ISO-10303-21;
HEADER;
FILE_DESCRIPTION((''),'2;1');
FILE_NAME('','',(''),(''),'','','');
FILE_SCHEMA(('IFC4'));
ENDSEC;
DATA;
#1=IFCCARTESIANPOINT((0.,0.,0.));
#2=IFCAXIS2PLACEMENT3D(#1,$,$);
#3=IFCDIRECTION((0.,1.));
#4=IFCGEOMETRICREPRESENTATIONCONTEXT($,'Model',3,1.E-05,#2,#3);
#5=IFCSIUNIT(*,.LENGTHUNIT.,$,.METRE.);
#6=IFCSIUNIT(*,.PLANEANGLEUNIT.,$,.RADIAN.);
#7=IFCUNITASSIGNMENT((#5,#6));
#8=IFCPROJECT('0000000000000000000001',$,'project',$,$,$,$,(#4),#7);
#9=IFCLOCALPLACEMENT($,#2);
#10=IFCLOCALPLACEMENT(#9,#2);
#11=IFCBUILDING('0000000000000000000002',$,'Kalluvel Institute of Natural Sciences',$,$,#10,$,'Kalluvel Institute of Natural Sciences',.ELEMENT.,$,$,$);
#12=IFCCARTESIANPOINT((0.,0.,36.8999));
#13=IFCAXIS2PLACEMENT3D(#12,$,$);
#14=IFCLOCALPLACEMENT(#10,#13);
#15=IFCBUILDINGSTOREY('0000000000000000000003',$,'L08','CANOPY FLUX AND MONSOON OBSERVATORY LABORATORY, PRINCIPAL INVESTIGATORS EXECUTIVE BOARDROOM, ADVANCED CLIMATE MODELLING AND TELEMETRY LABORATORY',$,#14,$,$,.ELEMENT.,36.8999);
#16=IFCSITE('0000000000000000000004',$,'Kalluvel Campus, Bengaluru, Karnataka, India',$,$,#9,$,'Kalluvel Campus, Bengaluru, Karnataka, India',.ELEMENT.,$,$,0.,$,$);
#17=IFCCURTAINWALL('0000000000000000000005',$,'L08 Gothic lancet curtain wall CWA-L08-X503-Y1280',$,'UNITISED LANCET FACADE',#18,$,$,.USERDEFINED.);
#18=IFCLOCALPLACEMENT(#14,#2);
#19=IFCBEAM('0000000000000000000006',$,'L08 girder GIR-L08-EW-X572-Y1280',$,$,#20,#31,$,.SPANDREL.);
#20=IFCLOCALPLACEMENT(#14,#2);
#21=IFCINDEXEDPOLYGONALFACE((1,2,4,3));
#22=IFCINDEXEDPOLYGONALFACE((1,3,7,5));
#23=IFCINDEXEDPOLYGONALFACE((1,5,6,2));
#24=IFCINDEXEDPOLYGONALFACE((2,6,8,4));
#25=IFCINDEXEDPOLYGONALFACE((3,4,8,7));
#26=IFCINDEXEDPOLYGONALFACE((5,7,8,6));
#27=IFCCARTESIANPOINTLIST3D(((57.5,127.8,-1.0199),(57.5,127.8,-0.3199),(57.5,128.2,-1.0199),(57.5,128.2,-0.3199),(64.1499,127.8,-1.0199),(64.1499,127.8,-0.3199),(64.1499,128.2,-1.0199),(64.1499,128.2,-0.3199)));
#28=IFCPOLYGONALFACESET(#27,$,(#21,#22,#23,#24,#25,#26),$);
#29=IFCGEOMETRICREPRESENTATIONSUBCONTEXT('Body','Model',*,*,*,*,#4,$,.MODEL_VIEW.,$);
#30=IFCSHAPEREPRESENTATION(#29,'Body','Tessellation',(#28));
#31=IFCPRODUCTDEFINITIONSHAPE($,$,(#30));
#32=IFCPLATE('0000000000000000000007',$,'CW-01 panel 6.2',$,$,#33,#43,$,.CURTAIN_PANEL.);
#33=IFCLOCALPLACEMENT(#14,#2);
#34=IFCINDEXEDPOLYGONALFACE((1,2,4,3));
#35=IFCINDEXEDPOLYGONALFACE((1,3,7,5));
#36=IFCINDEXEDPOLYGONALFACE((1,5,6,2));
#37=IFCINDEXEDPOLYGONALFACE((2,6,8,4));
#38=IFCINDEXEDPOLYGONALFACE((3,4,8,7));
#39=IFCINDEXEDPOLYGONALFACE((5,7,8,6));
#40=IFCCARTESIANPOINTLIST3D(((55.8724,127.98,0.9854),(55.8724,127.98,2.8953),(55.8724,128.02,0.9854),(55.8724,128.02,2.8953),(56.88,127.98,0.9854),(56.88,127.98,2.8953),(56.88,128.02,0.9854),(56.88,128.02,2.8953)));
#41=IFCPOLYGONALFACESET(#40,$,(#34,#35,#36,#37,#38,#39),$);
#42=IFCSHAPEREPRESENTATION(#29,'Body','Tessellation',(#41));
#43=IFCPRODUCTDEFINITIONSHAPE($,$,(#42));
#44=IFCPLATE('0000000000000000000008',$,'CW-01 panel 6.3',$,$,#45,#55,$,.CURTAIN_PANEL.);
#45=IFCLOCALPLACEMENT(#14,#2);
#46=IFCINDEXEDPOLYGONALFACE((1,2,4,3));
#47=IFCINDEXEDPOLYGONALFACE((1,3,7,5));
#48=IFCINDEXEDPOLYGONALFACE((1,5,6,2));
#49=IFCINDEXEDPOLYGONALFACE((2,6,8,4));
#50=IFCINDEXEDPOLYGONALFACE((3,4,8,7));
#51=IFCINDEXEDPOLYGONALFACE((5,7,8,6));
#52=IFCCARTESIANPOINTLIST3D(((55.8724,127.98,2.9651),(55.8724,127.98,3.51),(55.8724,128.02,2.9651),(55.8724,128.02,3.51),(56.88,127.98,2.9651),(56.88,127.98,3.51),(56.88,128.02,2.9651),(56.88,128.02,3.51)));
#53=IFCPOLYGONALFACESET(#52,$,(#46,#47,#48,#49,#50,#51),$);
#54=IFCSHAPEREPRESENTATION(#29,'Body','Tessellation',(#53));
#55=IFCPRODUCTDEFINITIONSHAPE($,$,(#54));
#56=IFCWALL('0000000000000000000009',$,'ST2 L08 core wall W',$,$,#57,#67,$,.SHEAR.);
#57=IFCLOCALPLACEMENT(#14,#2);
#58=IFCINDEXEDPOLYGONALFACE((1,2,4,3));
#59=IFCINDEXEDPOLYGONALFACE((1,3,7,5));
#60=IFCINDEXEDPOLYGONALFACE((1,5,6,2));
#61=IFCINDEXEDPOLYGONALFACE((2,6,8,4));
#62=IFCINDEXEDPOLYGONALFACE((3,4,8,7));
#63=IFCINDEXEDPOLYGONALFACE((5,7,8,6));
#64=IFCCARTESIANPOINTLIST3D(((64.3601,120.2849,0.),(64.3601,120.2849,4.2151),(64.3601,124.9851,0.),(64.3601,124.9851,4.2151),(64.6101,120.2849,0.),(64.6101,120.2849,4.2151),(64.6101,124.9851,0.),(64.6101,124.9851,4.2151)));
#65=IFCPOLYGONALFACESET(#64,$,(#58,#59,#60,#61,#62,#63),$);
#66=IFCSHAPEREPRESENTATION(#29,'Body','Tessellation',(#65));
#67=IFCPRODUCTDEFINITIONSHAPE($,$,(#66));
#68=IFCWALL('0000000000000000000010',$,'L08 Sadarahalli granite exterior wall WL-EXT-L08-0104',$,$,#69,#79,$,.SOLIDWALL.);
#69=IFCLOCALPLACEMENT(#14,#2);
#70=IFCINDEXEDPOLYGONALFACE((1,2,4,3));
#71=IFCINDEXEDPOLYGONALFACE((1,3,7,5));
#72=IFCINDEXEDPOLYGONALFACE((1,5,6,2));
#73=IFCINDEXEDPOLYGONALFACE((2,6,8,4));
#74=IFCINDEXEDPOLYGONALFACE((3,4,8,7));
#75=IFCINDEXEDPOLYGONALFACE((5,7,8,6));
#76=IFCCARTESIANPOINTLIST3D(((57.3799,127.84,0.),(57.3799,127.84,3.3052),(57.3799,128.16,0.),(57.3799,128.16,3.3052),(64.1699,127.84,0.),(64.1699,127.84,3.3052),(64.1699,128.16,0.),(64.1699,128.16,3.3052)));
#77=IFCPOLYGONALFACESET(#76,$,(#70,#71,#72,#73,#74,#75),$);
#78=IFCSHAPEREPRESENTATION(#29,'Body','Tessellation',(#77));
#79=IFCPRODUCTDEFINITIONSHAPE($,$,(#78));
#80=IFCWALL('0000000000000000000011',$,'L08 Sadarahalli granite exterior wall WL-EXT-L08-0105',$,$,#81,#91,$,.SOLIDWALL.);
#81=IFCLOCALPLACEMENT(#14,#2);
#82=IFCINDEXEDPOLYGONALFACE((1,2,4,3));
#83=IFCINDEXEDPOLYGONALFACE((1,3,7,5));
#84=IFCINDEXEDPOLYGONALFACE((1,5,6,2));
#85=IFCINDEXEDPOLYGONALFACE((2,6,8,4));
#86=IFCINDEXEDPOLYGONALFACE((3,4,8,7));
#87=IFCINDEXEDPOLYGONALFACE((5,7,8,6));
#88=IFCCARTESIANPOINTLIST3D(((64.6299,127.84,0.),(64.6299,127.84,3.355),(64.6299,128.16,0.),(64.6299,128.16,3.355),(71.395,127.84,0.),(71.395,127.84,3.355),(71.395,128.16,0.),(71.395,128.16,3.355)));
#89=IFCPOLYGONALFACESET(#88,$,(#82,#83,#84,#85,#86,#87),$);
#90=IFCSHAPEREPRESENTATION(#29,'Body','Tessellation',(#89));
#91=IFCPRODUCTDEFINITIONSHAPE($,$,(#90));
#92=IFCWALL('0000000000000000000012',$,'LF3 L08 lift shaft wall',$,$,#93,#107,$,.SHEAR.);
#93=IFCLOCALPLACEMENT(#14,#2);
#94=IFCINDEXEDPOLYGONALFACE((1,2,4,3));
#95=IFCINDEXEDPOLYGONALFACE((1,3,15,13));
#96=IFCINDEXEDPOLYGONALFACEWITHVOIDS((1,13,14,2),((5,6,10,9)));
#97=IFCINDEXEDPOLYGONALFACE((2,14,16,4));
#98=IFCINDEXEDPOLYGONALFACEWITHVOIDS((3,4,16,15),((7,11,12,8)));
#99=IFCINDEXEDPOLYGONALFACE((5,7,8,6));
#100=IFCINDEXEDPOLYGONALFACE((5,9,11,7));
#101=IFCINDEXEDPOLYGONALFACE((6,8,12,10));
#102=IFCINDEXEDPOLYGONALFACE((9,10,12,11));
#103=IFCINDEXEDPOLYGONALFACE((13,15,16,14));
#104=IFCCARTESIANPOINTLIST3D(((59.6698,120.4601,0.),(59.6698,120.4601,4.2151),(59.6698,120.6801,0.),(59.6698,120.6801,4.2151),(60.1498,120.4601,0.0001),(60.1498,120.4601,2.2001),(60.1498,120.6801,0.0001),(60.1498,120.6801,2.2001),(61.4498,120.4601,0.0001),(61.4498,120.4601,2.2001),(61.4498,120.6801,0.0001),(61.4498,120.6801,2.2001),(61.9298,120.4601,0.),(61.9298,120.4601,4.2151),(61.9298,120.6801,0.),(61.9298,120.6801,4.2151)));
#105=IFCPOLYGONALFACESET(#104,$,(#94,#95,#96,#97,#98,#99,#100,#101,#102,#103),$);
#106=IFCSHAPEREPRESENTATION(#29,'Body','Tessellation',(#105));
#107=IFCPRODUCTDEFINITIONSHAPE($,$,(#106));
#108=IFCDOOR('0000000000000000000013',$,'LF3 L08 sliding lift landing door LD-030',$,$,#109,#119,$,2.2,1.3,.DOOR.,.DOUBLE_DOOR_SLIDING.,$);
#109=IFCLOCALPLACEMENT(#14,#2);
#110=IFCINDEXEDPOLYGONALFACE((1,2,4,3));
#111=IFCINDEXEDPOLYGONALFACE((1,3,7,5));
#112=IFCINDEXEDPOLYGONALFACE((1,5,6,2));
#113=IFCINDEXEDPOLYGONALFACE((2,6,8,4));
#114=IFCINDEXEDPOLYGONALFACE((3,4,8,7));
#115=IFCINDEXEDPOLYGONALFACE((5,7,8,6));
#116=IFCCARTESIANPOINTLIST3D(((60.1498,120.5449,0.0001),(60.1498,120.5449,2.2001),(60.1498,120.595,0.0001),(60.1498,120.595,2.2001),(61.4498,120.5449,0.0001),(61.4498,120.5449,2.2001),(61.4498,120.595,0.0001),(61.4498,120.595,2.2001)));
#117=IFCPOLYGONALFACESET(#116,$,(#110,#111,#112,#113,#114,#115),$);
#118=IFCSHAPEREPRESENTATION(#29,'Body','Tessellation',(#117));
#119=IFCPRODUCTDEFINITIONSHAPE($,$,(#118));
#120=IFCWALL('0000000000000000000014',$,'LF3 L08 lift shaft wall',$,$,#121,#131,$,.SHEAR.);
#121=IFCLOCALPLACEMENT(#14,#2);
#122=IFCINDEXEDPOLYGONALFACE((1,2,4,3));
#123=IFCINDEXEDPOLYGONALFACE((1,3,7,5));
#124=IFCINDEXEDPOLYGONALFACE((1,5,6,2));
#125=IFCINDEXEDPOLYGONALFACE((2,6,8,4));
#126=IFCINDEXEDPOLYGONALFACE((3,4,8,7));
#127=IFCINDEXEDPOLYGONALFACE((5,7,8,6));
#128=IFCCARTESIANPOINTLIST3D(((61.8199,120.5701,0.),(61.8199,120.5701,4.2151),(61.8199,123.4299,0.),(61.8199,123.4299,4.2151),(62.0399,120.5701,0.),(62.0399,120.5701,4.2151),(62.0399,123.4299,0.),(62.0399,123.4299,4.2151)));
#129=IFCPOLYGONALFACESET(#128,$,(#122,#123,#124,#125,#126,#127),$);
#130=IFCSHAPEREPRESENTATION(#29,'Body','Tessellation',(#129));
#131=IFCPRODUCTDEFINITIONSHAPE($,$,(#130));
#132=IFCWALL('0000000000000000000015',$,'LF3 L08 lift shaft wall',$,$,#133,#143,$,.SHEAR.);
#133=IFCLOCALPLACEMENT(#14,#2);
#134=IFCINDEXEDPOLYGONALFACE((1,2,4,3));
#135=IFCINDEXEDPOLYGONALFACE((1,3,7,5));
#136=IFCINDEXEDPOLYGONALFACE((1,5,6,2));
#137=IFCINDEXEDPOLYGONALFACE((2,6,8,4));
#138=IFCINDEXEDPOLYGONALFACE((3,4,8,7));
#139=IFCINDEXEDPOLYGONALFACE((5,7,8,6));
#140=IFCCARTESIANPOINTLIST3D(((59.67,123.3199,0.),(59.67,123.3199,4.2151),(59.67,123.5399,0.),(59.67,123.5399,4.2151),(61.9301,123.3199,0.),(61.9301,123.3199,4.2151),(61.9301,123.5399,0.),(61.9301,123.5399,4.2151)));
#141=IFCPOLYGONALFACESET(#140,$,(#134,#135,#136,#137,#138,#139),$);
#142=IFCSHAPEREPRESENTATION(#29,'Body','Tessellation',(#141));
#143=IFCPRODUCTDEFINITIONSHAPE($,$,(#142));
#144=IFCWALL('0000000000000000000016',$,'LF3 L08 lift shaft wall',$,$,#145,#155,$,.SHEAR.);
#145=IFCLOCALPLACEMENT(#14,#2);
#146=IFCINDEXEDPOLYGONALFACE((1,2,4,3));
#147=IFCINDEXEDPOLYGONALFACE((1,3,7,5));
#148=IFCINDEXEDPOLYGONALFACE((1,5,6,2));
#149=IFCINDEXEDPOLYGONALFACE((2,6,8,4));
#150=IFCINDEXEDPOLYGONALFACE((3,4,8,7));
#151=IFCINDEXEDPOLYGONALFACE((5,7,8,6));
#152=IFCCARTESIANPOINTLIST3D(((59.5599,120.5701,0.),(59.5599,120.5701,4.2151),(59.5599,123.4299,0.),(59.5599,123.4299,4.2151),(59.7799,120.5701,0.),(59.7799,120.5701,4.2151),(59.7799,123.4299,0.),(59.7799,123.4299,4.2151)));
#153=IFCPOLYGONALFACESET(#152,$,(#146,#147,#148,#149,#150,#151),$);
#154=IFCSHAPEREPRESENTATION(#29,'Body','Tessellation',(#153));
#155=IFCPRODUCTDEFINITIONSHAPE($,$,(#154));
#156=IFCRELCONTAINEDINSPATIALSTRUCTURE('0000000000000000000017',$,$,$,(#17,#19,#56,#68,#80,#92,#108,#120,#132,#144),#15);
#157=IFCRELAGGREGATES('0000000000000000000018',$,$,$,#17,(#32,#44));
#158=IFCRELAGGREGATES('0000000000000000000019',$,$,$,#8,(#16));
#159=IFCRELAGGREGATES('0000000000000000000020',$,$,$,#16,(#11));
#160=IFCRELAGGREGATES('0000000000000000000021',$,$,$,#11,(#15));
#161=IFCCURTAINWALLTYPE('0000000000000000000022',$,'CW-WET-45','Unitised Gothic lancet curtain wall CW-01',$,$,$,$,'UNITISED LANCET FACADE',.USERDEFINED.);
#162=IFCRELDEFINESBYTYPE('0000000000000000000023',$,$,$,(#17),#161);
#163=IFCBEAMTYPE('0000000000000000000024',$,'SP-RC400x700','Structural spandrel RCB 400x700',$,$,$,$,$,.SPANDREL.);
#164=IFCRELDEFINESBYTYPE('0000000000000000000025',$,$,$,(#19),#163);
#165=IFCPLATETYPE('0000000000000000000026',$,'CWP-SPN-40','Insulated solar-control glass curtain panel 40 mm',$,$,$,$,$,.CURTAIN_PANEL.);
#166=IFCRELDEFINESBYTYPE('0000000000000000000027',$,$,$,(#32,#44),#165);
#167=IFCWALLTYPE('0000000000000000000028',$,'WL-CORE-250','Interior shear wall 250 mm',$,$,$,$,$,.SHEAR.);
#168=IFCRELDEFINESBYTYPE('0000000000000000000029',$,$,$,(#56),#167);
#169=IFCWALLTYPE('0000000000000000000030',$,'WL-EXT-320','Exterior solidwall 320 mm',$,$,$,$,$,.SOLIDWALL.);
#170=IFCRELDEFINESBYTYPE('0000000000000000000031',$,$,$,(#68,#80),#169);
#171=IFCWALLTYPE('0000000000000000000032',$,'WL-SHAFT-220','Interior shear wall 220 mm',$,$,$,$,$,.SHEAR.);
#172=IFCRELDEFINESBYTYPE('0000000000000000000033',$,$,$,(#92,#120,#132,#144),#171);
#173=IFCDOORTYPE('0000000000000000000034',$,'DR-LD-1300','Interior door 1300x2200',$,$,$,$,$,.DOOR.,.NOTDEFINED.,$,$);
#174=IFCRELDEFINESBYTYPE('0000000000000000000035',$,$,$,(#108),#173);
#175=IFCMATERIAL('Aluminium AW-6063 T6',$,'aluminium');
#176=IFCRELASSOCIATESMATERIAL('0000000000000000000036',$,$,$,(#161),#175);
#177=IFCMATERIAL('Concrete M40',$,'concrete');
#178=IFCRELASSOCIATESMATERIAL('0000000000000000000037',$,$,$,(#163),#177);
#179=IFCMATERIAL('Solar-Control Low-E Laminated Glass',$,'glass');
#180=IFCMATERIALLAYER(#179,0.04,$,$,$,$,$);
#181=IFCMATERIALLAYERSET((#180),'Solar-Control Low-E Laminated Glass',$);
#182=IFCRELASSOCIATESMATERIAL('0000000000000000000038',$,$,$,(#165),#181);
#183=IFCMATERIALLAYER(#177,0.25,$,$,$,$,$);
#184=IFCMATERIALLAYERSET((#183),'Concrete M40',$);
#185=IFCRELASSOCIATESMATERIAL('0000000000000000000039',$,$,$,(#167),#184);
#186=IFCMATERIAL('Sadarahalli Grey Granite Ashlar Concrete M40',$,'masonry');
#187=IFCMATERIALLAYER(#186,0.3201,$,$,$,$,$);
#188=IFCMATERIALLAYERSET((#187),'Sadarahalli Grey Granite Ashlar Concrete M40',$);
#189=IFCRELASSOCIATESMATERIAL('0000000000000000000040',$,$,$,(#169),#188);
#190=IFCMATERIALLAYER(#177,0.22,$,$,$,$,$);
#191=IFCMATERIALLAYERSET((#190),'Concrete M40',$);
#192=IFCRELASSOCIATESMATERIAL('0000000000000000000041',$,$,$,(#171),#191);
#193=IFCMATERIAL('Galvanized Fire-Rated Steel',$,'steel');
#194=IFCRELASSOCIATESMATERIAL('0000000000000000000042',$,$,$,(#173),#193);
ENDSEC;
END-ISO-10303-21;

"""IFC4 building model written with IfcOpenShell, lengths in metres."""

from ifc_helpers import new_model, si_unit, direction, frame, frame_2d, origin, origin_2d, place, context, subcontext, project, spatial, rectangle, extrude, material, layer, layer_set, material_profile, profile_set, type_object, element, fill, aggregate, save


model = new_model("IFC4")

# Units and contexts
model_context = context("Model", 3, precision=1e-05, world=origin(), true_north=direction((0.0, 1.0)))
body_context = subcontext(model_context, "Body", "Model", "MODEL_VIEW")
ifc_project = project(units=[si_unit("LENGTHUNIT", "METRE"), si_unit("PLANEANGLEUNIT", "RADIAN")], contexts=[model_context])

# Site, building, storey
site_placement = place(None, origin())
site = spatial("IfcSite", under=ifc_project, at=site_placement, Name="Kalluvel Campus, Bengaluru, Karnataka, India", LongName="Kalluvel Campus, Bengaluru, Karnataka, India", CompositionType="ELEMENT", RefElevation=0.0)
building_placement = place(site_placement, origin())
building = spatial("IfcBuilding", under=site, at=building_placement, Name="Kalluvel Institute of Natural Sciences", LongName="Kalluvel Institute of Natural Sciences", CompositionType="ELEMENT")
storey_placement = place(building_placement, frame((0.0, 0.0, 36.8999)))
storey = spatial("IfcBuildingStorey", under=building, at=storey_placement, Name="L08", Description="CANOPY FLUX AND MONSOON OBSERVATORY LABORATORY, PRINCIPAL INVESTIGATORS EXECUTIVE BOARDROOM, ADVANCED CLIMATE MODELLING AND TELEMETRY LABORATORY", CompositionType="ELEMENT", Elevation=36.8999)

# Shared definitions
ifc_material_1 = material(Name="Concrete M40", Category="concrete")

# Curtain wall
ifc_material_2 = material(Name="Aluminium AW-6063 T6", Category="aluminium")
curtain_wall_type = type_object("IfcCurtainWallType", Name="CW-WET-45", Description="Unitised Gothic lancet curtain wall CW-01", ElementType="UNITISED LANCET FACADE", PredefinedType="USERDEFINED", material=ifc_material_2)
curtain_wall_placement = place(storey_placement, origin())
curtain_wall = element("IfcCurtainWall", 1, at=curtain_wall_placement, inside=storey, type_object=curtain_wall_type, Name="L08 Gothic lancet curtain wall CWA-L08-X503-Y1280", ObjectType="UNITISED LANCET FACADE", PredefinedType="USERDEFINED")

# Beam
ifc_material_profile_1 = material_profile(ifc_material_1, rectangle(XDim=0.3999, YDim=0.7, at=origin_2d()), Name="RCB 400x700")
ifc_profile_set_1 = profile_set([ifc_material_profile_1], Name="Concrete M40")
beam_type_1 = type_object("IfcBeamType", Name="SP-RC400x700", Description="Structural spandrel RCB 400x700", PredefinedType="SPANDREL", material=ifc_profile_set_1)
beam_1_placement = place(storey_placement, frame((57.5, 128.0, -0.6699), z_axis=(1.0, 0.0, 0.0), x_axis=(0.0, 1.0, 0.0)))
element("IfcBeam", 2, at=beam_1_placement, inside=storey, type_object=beam_type_1, Name="L08 girder GIR-L08-EW-X572-Y1280", PredefinedType="SPANDREL", context=body_context, shape_type="SweptSolid", body=[
    extrude(rectangle(XDim=0.3999, YDim=0.7, at=origin_2d()), origin(), (0.0, 0.0, 1.0), 6.6499),
])

# Plates
ifc_material_3 = material(Name="Solar-Control Low-E Laminated Glass", Category="glass")
ifc_layer_1 = layer(ifc_material_3, 0.04)
ifc_layer_set_1 = layer_set([ifc_layer_1], Name="Solar-Control Low-E Laminated Glass")
plate_type = type_object("IfcPlateType", Name="CWP-SPN-40", Description="Insulated solar-control glass curtain panel 40 mm", PredefinedType="CURTAIN_PANEL", material=ifc_layer_set_1)
plate_1_placement = place(storey_placement, frame((56.3762, 128.0, 0.9854), z_axis=(0.0, 0.0, 1.0), x_axis=(1.0, 0.0, 0.0)))
plate_1 = element("IfcPlate", 3, at=plate_1_placement, type_object=plate_type, Name="CW-01 panel 6.2", PredefinedType="CURTAIN_PANEL", context=body_context, shape_type="SweptSolid", body=[
    extrude(rectangle(XDim=1.0076, YDim=0.04, at=origin_2d()), origin(), (0.0, 0.0, 1.0), 1.9099),
])
plate_2_placement = place(storey_placement, frame((56.3762, 128.0, 2.9651), z_axis=(0.0, 0.0, 1.0), x_axis=(1.0, 0.0, 0.0)))
plate_2 = element("IfcPlate", 4, at=plate_2_placement, type_object=plate_type, Name="CW-01 panel 6.3", PredefinedType="CURTAIN_PANEL", context=body_context, shape_type="SweptSolid", body=[
    extrude(rectangle(XDim=1.0076, YDim=0.04, at=origin_2d()), origin(), (0.0, 0.0, 1.0), 0.5449),
])
aggregate(curtain_wall, [plate_1, plate_2])

# Walls
ifc_layer_2 = layer(ifc_material_1, 0.25)
ifc_layer_set_2 = layer_set([ifc_layer_2], Name="Concrete M40")
wall_type_1 = type_object("IfcWallType", Name="WL-CORE-250", Description="Interior shear wall 250 mm", PredefinedType="SHEAR", material=ifc_layer_set_2)
wall_1_placement = place(storey_placement, frame((64.4851, 124.9851, 0.0), z_axis=(0.0, 0.0, 1.0), x_axis=(0.0, -1.0, 0.0)))
element("IfcWall", 5, at=wall_1_placement, inside=storey, type_object=wall_type_1, Name="ST2 L08 core wall W", PredefinedType="SHEAR", context=body_context, shape_type="SweptSolid", body=[
    extrude(rectangle(XDim=4.7002, YDim=0.25, at=frame_2d((2.3501, 0.0))), origin(), (0.0, 0.0, 1.0), 4.2151),
])
ifc_material_4 = material(Name="Sadarahalli Grey Granite Ashlar Concrete M40", Category="masonry")
ifc_layer_3 = layer(ifc_material_4, 0.3201)
ifc_layer_set_3 = layer_set([ifc_layer_3], Name="Sadarahalli Grey Granite Ashlar Concrete M40")
wall_type_2 = type_object("IfcWallType", Name="WL-EXT-320", Description="Exterior solidwall 320 mm", PredefinedType="SOLIDWALL", material=ifc_layer_set_3)
wall_2_placement = place(storey_placement, frame((57.3799, 128.0, 0.0), z_axis=(0.0, 0.0, 1.0), x_axis=(1.0, 0.0, 0.0)))
element("IfcWall", 6, at=wall_2_placement, inside=storey, type_object=wall_type_2, Name="L08 Sadarahalli granite exterior wall WL-EXT-L08-0104", PredefinedType="SOLIDWALL", context=body_context, shape_type="SweptSolid", body=[
    extrude(rectangle(XDim=6.79, YDim=0.3201, at=frame_2d((3.395, 0.0))), origin(), (0.0, 0.0, 1.0), 3.3052),
])
wall_3_placement = place(storey_placement, frame((64.6299, 128.0, 0.0), z_axis=(0.0, 0.0, 1.0), x_axis=(1.0, 0.0, 0.0)))
element("IfcWall", 7, at=wall_3_placement, inside=storey, type_object=wall_type_2, Name="L08 Sadarahalli granite exterior wall WL-EXT-L08-0105", PredefinedType="SOLIDWALL", context=body_context, shape_type="SweptSolid", body=[
    extrude(rectangle(XDim=6.7651, YDim=0.3201, at=frame_2d((3.3826, 0.0))), origin(), (0.0, 0.0, 1.0), 3.355),
])

# Wall, opening, door
ifc_layer_4 = layer(ifc_material_1, 0.22)
ifc_layer_set_4 = layer_set([ifc_layer_4], Name="Concrete M40")
wall_type_3 = type_object("IfcWallType", Name="WL-SHAFT-220", Description="Interior shear wall 220 mm", PredefinedType="SHEAR", material=ifc_layer_set_4)
wall_4_placement = place(storey_placement, frame((59.6699, 120.5701, 0.0), z_axis=(0.0, 0.0, 1.0), x_axis=(1.0, 0.0, 0.0)))
wall_4 = element("IfcWall", 8, at=wall_4_placement, inside=storey, type_object=wall_type_3, Name="LF3 L08 lift shaft wall", PredefinedType="SHEAR", context=body_context, shape_type="SweptSolid", body=[
    extrude(rectangle(XDim=2.26, YDim=0.22, at=frame_2d((1.1299, 0.0))), origin(), (0.0, 0.0, 1.0), 4.2151),
])
opening_placement = place(wall_4_placement, frame((0.48, 0.0, 0.0)))
opening = element("IfcOpeningElement", 9, at=opening_placement, cuts=wall_4, PredefinedType="OPENING", context=body_context, shape_type="SweptSolid", body=[
    extrude(rectangle(XDim=1.3, YDim=2.2, at=frame_2d((0.6499, 1.1001))), frame((0.0, 0.1199, 0.0), z_axis=(0.0, -1.0, 0.0), x_axis=(1.0, 0.0, 0.0)), (0.0, 0.0, 1.0), 0.24),
])
ifc_material_5 = material(Name="Galvanized Fire-Rated Steel", Category="steel")
door_type = type_object("IfcDoorType", Name="DR-LD-1300", Description="Interior door 1300x2200", OperationType="NOTDEFINED", PredefinedType="DOOR", material=ifc_material_5)
door_placement = place(opening_placement, origin())
door = element("IfcDoor", 10, at=door_placement, inside=storey, type_object=door_type, Name="LF3 L08 sliding lift landing door LD-030", OperationType="DOUBLE_DOOR_SLIDING", OverallHeight=2.2, OverallWidth=1.3, PredefinedType="DOOR", context=body_context, shape_type="SweptSolid", body=[
    extrude(rectangle(XDim=1.3, YDim=2.2, at=frame_2d((0.6499, 1.1001))), frame((0.0, 0.0249, 0.0), z_axis=(0.0, -1.0, 0.0), x_axis=(1.0, 0.0, 0.0)), (0.0, 0.0, 1.0), 0.05),
])
fill(opening, door)

# Walls
wall_5_placement = place(storey_placement, frame((61.9299, 120.5701, 0.0), z_axis=(0.0, 0.0, 1.0), x_axis=(0.0, 1.0, 0.0)))
element("IfcWall", 11, at=wall_5_placement, inside=storey, type_object=wall_type_3, Name="LF3 L08 lift shaft wall", PredefinedType="SHEAR", context=body_context, shape_type="SweptSolid", body=[
    extrude(rectangle(XDim=2.8599, YDim=0.22, at=frame_2d((1.4299, 0.0))), origin(), (0.0, 0.0, 1.0), 4.2151),
])
wall_6_placement = place(storey_placement, frame((61.9299, 123.4299, 0.0), z_axis=(0.0, 0.0, 1.0), x_axis=(-1.0, 0.0, 0.0)))
element("IfcWall", 12, at=wall_6_placement, inside=storey, type_object=wall_type_3, Name="LF3 L08 lift shaft wall", PredefinedType="SHEAR", context=body_context, shape_type="SweptSolid", body=[
    extrude(rectangle(XDim=2.26, YDim=0.22, at=frame_2d((1.1299, 0.0))), origin(), (0.0, 0.0, 1.0), 4.2151),
])
wall_7_placement = place(storey_placement, frame((59.6699, 123.4299, 0.0), z_axis=(0.0, 0.0, 1.0), x_axis=(0.0, -1.0, 0.0)))
element("IfcWall", 13, at=wall_7_placement, inside=storey, type_object=wall_type_3, Name="LF3 L08 lift shaft wall", PredefinedType="SHEAR", context=body_context, shape_type="SweptSolid", body=[
    extrude(rectangle(XDim=2.8599, YDim=0.22, at=frame_2d((1.4299, 0.0))), origin(), (0.0, 0.0, 1.0), 4.2151),
])

save(model, "model.ifc")
